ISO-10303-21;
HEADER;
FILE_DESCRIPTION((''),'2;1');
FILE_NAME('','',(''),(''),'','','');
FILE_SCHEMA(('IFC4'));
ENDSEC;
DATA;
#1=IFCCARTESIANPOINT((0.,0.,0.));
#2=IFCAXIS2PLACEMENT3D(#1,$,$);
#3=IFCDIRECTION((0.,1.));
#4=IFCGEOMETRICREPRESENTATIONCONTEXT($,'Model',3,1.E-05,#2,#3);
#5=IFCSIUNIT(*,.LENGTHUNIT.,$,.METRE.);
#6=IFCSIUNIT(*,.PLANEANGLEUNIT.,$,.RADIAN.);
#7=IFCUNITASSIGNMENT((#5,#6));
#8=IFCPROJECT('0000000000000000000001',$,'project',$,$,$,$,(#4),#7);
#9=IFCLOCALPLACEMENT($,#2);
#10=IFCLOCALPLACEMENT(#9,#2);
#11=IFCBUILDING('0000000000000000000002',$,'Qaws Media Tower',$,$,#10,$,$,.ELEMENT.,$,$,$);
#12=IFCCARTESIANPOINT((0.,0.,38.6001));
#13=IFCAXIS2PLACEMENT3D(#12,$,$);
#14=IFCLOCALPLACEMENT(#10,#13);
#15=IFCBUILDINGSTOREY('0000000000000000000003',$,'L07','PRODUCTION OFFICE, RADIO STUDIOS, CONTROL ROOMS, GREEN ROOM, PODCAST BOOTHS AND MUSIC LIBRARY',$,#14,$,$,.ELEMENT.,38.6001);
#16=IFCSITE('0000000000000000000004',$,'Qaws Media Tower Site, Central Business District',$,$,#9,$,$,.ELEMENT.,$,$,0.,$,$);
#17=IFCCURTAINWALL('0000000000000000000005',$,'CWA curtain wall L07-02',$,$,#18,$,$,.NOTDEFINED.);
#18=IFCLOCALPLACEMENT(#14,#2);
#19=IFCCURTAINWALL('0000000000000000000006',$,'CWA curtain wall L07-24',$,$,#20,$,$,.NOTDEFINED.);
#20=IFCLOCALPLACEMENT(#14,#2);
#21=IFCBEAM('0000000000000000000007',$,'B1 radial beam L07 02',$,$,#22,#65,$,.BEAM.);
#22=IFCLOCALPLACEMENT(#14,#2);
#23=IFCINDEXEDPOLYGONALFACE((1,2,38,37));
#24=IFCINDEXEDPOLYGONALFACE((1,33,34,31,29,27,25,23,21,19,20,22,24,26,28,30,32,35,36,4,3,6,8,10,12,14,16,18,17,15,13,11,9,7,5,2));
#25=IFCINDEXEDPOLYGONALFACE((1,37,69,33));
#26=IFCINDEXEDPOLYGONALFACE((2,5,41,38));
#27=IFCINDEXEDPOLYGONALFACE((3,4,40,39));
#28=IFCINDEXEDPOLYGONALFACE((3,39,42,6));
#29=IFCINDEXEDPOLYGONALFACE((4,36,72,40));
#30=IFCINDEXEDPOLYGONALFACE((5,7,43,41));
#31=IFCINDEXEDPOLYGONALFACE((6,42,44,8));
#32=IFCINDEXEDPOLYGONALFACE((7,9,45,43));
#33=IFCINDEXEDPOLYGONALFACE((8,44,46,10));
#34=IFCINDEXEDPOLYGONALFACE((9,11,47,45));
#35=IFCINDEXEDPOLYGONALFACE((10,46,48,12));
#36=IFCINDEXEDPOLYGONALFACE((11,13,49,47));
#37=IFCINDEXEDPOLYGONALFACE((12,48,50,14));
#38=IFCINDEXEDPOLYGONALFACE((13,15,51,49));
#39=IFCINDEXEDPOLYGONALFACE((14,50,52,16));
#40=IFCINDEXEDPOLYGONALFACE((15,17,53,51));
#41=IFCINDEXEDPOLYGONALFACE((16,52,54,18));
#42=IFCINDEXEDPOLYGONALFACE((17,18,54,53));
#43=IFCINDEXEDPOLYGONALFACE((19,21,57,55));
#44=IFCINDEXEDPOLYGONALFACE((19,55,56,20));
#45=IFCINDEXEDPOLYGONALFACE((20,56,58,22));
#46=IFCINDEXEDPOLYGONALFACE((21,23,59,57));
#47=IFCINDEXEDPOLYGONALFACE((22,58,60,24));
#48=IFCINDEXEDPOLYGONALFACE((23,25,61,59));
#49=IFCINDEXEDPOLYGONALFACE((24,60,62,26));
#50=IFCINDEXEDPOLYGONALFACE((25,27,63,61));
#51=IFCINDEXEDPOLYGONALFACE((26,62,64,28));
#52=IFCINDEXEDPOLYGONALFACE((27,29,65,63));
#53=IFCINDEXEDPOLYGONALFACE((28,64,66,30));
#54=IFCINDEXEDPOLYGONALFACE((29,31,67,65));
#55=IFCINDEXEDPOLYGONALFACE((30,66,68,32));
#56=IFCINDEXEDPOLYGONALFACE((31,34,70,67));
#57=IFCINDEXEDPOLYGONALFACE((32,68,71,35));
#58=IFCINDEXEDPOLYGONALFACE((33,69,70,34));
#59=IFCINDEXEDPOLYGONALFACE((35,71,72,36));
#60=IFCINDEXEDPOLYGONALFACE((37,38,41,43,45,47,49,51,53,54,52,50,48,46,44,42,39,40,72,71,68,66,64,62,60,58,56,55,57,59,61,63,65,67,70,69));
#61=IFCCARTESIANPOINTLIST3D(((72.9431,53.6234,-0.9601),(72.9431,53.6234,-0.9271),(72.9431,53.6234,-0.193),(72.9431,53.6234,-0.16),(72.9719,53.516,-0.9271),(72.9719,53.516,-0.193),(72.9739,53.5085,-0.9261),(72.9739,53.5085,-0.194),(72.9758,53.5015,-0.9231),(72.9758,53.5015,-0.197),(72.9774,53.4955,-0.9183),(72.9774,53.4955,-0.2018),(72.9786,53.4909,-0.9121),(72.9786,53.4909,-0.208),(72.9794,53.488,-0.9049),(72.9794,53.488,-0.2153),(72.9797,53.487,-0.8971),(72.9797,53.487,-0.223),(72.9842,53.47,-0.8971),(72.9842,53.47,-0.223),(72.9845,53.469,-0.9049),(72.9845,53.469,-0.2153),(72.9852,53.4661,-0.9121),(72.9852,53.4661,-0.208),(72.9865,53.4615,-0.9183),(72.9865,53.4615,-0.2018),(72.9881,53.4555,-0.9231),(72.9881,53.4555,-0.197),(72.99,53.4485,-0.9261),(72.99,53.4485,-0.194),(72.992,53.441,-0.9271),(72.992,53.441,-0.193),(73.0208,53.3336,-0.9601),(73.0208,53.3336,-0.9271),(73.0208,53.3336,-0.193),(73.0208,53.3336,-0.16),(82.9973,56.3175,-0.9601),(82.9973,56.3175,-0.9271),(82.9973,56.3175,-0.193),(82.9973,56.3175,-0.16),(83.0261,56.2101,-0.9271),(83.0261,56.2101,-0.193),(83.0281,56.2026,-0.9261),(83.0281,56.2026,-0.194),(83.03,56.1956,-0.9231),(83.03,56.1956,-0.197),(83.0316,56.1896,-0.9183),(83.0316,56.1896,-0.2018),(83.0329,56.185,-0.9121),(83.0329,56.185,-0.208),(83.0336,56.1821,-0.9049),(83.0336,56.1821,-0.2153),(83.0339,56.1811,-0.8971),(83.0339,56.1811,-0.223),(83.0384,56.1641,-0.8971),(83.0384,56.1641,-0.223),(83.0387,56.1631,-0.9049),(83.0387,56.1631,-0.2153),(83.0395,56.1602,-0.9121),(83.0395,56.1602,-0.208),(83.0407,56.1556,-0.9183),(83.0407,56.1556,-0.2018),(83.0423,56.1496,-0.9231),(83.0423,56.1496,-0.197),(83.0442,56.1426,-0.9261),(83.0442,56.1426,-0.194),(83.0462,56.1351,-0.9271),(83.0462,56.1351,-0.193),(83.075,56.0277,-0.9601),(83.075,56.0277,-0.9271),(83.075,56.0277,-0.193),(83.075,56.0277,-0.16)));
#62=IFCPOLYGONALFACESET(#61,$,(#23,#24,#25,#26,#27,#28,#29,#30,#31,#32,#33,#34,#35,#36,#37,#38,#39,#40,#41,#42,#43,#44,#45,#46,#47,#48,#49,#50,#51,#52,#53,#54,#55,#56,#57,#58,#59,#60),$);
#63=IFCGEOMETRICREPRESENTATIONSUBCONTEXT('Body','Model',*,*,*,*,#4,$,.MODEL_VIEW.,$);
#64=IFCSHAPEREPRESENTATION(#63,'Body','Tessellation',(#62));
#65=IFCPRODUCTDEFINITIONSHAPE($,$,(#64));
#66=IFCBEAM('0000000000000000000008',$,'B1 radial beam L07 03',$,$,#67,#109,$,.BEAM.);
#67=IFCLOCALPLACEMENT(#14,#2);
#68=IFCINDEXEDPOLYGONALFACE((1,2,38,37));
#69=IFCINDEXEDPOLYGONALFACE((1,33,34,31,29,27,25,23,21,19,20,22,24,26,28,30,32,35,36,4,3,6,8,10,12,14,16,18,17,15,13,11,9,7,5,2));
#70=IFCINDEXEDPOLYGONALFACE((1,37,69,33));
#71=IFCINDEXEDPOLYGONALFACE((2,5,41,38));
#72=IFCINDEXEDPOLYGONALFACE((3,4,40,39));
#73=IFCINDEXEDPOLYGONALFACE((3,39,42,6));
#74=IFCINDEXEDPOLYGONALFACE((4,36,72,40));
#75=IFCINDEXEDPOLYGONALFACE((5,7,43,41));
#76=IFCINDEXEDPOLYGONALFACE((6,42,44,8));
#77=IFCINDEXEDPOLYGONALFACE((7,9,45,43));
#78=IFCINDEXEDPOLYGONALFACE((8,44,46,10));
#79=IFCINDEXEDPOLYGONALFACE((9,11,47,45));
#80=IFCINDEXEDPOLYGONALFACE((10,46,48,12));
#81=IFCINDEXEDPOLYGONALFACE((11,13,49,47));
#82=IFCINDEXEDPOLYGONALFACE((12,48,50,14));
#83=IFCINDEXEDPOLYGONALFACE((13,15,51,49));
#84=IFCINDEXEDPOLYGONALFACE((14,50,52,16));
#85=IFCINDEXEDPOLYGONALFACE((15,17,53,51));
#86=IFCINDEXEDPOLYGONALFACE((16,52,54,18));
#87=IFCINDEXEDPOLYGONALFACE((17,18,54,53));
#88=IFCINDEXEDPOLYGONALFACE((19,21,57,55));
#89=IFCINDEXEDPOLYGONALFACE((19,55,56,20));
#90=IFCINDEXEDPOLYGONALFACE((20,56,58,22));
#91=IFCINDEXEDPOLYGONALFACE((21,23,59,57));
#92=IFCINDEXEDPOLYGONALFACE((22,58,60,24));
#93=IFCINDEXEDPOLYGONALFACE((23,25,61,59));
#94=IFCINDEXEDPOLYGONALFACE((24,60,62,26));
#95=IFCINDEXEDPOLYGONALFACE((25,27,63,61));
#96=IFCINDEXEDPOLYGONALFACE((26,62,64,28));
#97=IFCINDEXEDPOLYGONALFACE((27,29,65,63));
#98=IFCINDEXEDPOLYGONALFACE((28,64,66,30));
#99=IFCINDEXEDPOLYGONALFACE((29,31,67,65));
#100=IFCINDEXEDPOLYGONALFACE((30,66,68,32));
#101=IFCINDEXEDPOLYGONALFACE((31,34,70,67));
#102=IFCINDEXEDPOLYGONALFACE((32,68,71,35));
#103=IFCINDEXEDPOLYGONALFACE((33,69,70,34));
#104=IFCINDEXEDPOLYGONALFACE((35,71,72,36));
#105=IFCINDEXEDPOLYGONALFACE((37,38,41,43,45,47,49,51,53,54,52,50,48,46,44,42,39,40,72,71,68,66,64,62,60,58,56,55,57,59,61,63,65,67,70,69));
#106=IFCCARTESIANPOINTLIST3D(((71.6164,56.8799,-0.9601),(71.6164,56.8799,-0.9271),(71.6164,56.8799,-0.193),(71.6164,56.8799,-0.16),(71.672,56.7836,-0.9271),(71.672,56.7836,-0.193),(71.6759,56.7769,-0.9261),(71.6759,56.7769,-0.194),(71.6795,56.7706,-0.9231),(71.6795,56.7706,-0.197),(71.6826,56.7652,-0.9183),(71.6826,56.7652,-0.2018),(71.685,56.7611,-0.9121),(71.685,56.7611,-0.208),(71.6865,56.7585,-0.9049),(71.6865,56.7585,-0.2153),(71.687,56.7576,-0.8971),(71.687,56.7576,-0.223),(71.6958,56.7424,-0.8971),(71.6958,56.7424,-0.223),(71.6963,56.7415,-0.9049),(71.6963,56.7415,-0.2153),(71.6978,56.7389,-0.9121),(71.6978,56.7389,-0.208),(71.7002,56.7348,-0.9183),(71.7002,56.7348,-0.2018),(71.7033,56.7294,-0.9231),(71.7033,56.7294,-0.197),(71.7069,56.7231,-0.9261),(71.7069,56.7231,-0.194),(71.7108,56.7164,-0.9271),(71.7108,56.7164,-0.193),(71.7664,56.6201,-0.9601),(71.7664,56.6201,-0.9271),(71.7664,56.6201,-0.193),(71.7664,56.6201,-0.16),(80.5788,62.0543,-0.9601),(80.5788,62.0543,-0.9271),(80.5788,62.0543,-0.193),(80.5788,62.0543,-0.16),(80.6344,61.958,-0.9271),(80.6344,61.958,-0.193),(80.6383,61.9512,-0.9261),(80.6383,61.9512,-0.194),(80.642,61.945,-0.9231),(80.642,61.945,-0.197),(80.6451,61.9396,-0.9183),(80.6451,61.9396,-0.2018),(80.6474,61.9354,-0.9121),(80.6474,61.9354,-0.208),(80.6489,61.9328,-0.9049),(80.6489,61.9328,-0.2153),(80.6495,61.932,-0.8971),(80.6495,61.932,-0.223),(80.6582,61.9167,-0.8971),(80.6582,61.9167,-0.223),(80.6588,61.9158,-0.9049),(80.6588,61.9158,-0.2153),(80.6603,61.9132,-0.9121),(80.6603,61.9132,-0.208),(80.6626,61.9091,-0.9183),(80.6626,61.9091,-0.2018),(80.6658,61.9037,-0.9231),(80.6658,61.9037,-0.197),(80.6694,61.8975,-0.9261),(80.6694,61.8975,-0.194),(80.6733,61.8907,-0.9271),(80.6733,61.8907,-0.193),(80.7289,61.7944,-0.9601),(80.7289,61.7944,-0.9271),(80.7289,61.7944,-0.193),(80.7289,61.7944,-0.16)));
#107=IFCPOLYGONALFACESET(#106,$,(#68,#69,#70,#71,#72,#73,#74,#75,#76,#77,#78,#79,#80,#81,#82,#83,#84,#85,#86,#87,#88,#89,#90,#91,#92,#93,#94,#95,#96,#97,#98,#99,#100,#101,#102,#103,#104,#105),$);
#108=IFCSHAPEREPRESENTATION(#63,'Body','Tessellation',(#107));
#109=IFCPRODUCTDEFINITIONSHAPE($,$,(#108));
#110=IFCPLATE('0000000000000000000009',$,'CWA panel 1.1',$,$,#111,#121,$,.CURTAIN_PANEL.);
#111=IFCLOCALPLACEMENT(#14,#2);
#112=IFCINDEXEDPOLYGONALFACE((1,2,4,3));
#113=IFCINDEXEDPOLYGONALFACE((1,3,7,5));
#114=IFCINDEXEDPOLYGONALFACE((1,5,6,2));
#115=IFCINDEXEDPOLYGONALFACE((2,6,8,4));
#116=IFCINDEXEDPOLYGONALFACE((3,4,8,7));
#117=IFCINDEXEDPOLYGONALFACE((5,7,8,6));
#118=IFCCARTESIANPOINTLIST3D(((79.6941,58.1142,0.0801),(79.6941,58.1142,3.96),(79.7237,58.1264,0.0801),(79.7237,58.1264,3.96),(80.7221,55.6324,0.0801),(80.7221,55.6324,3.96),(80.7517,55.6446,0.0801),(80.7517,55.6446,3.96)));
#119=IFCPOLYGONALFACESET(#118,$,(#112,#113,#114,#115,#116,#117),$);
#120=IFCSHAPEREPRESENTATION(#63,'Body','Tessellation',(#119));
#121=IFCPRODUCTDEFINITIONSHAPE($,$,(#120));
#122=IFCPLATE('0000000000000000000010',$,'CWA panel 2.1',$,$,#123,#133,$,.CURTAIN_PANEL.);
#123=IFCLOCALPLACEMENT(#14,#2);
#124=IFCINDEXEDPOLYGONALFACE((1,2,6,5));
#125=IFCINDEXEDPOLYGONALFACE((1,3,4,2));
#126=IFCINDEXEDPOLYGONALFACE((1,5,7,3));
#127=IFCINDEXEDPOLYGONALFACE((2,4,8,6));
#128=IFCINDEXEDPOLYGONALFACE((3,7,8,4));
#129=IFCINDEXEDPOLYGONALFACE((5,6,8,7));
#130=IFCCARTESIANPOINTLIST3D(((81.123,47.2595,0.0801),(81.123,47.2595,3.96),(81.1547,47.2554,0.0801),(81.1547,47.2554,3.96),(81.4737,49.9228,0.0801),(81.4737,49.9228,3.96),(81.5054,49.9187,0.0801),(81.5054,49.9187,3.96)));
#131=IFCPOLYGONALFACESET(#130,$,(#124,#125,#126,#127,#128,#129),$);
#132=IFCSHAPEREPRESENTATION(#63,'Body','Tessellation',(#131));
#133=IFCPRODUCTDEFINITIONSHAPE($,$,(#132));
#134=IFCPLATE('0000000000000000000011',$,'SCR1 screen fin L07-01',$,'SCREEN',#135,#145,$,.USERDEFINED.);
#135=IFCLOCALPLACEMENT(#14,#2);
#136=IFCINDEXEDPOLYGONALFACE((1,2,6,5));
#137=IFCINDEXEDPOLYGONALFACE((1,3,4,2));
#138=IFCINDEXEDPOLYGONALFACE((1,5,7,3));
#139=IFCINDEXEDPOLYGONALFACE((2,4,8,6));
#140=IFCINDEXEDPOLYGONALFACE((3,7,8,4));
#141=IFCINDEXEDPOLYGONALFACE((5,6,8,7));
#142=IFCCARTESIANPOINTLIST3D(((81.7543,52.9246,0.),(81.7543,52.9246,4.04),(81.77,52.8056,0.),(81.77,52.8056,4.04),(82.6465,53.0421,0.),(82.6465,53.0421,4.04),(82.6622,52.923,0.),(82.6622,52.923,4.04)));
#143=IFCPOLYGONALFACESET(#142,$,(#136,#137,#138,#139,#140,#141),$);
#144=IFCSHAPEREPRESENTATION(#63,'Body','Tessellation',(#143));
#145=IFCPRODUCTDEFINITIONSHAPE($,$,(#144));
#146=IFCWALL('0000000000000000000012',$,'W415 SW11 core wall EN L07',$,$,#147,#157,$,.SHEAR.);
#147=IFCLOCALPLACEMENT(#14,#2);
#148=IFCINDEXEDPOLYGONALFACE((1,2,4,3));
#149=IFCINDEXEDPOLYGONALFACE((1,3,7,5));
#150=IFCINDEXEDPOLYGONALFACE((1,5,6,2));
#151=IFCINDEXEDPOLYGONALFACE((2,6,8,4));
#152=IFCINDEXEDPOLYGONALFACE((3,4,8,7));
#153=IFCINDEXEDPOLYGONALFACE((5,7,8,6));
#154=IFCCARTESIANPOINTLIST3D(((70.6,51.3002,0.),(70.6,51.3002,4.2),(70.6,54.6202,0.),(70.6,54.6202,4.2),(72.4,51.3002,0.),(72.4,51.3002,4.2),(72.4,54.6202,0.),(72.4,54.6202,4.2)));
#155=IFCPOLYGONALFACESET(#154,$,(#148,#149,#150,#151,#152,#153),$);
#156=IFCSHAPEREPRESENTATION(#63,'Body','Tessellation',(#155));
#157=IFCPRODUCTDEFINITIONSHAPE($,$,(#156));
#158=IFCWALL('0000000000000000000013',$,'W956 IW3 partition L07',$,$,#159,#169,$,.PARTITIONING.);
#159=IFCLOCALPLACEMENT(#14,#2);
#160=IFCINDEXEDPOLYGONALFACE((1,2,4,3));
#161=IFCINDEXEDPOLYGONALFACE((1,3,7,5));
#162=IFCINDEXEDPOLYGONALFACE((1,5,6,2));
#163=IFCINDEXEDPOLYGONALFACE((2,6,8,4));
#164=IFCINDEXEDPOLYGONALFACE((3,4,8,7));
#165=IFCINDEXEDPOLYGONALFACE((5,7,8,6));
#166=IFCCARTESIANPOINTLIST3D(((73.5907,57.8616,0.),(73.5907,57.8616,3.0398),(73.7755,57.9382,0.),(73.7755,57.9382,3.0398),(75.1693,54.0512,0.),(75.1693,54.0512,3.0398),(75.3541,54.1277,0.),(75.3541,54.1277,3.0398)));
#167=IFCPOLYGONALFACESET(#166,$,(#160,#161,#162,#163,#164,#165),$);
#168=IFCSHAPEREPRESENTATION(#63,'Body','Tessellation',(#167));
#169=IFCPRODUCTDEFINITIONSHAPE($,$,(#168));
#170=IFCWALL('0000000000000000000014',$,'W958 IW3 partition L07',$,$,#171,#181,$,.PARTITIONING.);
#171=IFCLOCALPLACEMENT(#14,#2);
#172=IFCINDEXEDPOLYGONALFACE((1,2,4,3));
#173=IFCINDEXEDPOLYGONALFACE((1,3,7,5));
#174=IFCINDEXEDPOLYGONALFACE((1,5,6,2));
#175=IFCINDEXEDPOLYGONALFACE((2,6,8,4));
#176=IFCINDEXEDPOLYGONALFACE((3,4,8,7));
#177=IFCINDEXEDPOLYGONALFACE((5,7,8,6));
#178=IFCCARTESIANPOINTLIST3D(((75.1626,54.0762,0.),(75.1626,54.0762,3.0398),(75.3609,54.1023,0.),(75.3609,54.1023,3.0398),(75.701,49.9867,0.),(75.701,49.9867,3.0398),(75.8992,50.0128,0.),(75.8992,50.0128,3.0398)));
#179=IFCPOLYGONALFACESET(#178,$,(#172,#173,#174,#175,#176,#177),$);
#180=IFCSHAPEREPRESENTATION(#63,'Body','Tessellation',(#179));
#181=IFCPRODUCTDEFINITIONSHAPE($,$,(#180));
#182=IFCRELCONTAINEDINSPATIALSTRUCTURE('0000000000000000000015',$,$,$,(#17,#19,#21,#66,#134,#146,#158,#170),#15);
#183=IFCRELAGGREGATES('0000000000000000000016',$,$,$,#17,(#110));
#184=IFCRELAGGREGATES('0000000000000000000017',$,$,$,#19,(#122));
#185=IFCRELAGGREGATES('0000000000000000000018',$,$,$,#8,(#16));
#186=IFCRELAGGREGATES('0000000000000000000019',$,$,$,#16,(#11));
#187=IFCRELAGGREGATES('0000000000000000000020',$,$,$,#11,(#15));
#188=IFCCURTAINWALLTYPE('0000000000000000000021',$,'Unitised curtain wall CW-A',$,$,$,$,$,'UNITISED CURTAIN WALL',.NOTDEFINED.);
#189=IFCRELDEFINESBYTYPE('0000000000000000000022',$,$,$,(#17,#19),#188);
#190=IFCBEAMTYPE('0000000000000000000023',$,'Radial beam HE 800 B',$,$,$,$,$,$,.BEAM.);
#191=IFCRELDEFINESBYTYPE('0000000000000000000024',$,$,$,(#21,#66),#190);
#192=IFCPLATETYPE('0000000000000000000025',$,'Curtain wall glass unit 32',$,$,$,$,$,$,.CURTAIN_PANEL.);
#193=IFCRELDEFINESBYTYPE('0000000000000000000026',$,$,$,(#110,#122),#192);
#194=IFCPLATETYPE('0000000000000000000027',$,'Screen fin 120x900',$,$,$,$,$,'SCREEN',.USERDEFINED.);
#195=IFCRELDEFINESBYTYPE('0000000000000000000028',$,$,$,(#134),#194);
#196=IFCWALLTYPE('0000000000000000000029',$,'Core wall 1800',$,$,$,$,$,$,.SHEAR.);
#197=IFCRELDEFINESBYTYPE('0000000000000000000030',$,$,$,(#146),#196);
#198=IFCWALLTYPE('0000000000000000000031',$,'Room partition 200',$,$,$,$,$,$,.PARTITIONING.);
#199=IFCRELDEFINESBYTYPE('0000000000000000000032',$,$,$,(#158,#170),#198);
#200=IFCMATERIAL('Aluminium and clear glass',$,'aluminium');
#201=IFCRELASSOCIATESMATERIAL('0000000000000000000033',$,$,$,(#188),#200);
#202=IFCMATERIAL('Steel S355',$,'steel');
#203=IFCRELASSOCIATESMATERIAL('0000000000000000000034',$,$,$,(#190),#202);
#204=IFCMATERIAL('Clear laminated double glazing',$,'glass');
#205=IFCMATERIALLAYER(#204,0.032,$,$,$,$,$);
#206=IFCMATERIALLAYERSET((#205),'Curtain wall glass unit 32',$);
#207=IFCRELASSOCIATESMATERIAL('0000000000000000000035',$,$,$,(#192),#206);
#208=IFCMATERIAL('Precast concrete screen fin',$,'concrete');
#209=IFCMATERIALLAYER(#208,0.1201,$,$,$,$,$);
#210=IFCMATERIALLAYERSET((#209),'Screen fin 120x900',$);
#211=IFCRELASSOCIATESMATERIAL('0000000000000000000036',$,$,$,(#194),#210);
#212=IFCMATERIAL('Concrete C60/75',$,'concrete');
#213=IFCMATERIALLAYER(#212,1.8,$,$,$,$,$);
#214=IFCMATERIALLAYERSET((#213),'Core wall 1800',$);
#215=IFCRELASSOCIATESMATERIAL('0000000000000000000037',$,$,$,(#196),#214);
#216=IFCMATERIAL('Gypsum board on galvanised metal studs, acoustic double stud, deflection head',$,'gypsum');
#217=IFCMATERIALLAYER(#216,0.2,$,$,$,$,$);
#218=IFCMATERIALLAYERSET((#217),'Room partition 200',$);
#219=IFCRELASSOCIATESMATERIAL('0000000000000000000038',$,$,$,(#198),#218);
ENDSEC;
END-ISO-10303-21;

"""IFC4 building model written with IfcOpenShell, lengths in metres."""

from ifc_helpers import new_model, si_unit, direction, frame, frame_2d, origin, origin_2d, place, context, subcontext, project, spatial, rectangle, i_section, extrude, material, layer, layer_set, material_profile, profile_set, type_object, element, aggregate, save


model = new_model("IFC4")

# Units and contexts
model_context = context("Model", 3, precision=1e-05, world=origin(), true_north=direction((0.0, 1.0)))
body_context = subcontext(model_context, "Body", "Model", "MODEL_VIEW")
ifc_project = project(units=[si_unit("LENGTHUNIT", "METRE"), si_unit("PLANEANGLEUNIT", "RADIAN")], contexts=[model_context])

# Site, building, storey
site_placement = place(None, origin())
site = spatial("IfcSite", under=ifc_project, at=site_placement, Name="Qaws Media Tower Site, Central Business District", CompositionType="ELEMENT", RefElevation=0.0)
building_placement = place(site_placement, origin())
building = spatial("IfcBuilding", under=site, at=building_placement, Name="Qaws Media Tower", CompositionType="ELEMENT")
storey_placement = place(building_placement, frame((0.0, 0.0, 38.6001)))
storey = spatial("IfcBuildingStorey", under=building, at=storey_placement, Name="L07", Description="PRODUCTION OFFICE, RADIO STUDIOS, CONTROL ROOMS, GREEN ROOM, PODCAST BOOTHS AND MUSIC LIBRARY", CompositionType="ELEMENT", Elevation=38.6001)

# Curtain wall
ifc_material_1 = material(Name="Aluminium and clear glass", Category="aluminium")
curtain_wall_type = type_object("IfcCurtainWallType", Name="Unitised curtain wall CW-A", ElementType="UNITISED CURTAIN WALL", PredefinedType="NOTDEFINED", material=ifc_material_1)
curtain_wall_1_placement = place(storey_placement, origin())
curtain_wall_1 = element("IfcCurtainWall", 1, at=curtain_wall_1_placement, inside=storey, type_object=curtain_wall_type, Name="CWA curtain wall L07-02", PredefinedType="NOTDEFINED")

# Curtain wall
curtain_wall_2_placement = place(storey_placement, origin())
curtain_wall_2 = element("IfcCurtainWall", 2, at=curtain_wall_2_placement, inside=storey, type_object=curtain_wall_type, Name="CWA curtain wall L07-24", PredefinedType="NOTDEFINED")

# Beams
ifc_material_2 = material(Name="Steel S355", Category="steel")
ifc_material_profile_1 = material_profile(ifc_material_2, i_section(OverallWidth=0.3, OverallDepth=0.8, WebThickness=0.0176, FlangeThickness=0.033, FilletRadius=0.03, at=origin_2d()), Name="HE 800 B")
ifc_profile_set_1 = profile_set([ifc_material_profile_1], Name="Steel S355")
beam_type_1 = type_object("IfcBeamType", Name="Radial beam HE 800 B", PredefinedType="BEAM", material=ifc_profile_set_1)
beam_1_placement = place(storey_placement, frame((72.9819, 53.4785, -0.5601), z_axis=(0.965924, 0.258826, 0.0), x_axis=(-0.258826, 0.965924, 0.0)))
element("IfcBeam", 3, at=beam_1_placement, inside=storey, type_object=beam_type_1, Name="B1 radial beam L07 02", PredefinedType="BEAM", context=body_context, shape_type="SweptSolid", body=[
    extrude(i_section(OverallWidth=0.3, OverallDepth=0.8, WebThickness=0.0176, FlangeThickness=0.033, FilletRadius=0.03, at=origin_2d()), origin(), (0.0, 0.0, 1.0), 10.4089),
])
beam_2_placement = place(storey_placement, frame((71.6914, 56.75, -0.5601), z_axis=(0.866031, 0.499991, 0.0), x_axis=(-0.499991, 0.866031, 0.0)))
element("IfcBeam", 4, at=beam_2_placement, inside=storey, type_object=beam_type_1, Name="B1 radial beam L07 03", PredefinedType="BEAM", context=body_context, shape_type="SweptSolid", body=[
    extrude(i_section(OverallWidth=0.3, OverallDepth=0.8, WebThickness=0.0176, FlangeThickness=0.033, FilletRadius=0.03, at=origin_2d()), origin(), (0.0, 0.0, 1.0), 10.3489),
])

# Plates
ifc_material_3 = material(Name="Clear laminated double glazing", Category="glass")
ifc_layer_1 = layer(ifc_material_3, 0.032)
ifc_layer_set_1 = layer_set([ifc_layer_1], Name="Curtain wall glass unit 32")
plate_type_1 = type_object("IfcPlateType", Name="Curtain wall glass unit 32", PredefinedType="CURTAIN_PANEL", material=ifc_layer_set_1)
plate_1_placement = place(storey_placement, frame((80.2229, 56.8794, 0.0801), z_axis=(0.0, 0.0, 1.0), x_axis=(-0.382683, 0.92388, 0.0)))
plate_1 = element("IfcPlate", 5, at=plate_1_placement, type_object=plate_type_1, Name="CWA panel 1.1", PredefinedType="CURTAIN_PANEL", context=body_context, shape_type="SweptSolid", body=[
    extrude(rectangle(XDim=2.6863, YDim=0.032, at=origin_2d()), origin(), (0.0, 0.0, 1.0), 3.8799),
])
aggregate(curtain_wall_1, [plate_1])
plate_2_placement = place(storey_placement, frame((81.3142, 48.5891, 0.0801), z_axis=(0.0, 0.0, 1.0), x_axis=(0.130526, 0.991445, 0.0)))
plate_2 = element("IfcPlate", 6, at=plate_2_placement, type_object=plate_type_1, Name="CWA panel 2.1", PredefinedType="CURTAIN_PANEL", context=body_context, shape_type="SweptSolid", body=[
    extrude(rectangle(XDim=2.6863, YDim=0.032, at=origin_2d()), origin(), (0.0, 0.0, 1.0), 3.8799),
])
aggregate(curtain_wall_2, [plate_2])
ifc_material_4 = material(Name="Precast concrete screen fin", Category="concrete")
ifc_layer_2 = layer(ifc_material_4, 0.1201)
ifc_layer_set_2 = layer_set([ifc_layer_2], Name="Screen fin 120x900")
plate_type_2 = type_object("IfcPlateType", Name="Screen fin 120x900", ElementType="SCREEN", PredefinedType="USERDEFINED", material=ifc_layer_set_2)
plate_3_placement = place(storey_placement, frame((82.2083, 52.9238, 0.0), z_axis=(0.0, 0.0, 1.0), x_axis=(0.991445, 0.130526, 0.0)))
element("IfcPlate", 7, at=plate_3_placement, inside=storey, type_object=plate_type_2, Name="SCR1 screen fin L07-01", ObjectType="SCREEN", PredefinedType="USERDEFINED", context=body_context, shape_type="SweptSolid", body=[
    extrude(rectangle(XDim=0.8999, YDim=0.1201, at=origin_2d()), origin(), (0.0, 0.0, 1.0), 4.04),
])

# Walls
ifc_material_5 = material(Name="Concrete C60/75", Category="concrete")
ifc_layer_3 = layer(ifc_material_5, 1.8)
ifc_layer_set_3 = layer_set([ifc_layer_3], Name="Core wall 1800")
wall_type_1 = type_object("IfcWallType", Name="Core wall 1800", PredefinedType="SHEAR", material=ifc_layer_set_3)
wall_1_placement = place(storey_placement, frame((71.5, 51.3, 0.0), z_axis=(0.0, 0.0, 1.0), x_axis=(0.0, 1.0, 0.0)))
element("IfcWall", 8, at=wall_1_placement, inside=storey, type_object=wall_type_1, Name="W415 SW11 core wall EN L07", PredefinedType="SHEAR", context=body_context, shape_type="SweptSolid", body=[
    extrude(rectangle(XDim=3.3201, YDim=1.8, at=frame_2d((1.6602, 0.0))), origin(), (0.0, 0.0, 1.0), 4.2),
])
ifc_material_6 = material(Name="Gypsum board on galvanised metal studs, acoustic double stud, deflection head", Category="gypsum")
ifc_layer_4 = layer(ifc_material_6, 0.2)
ifc_layer_set_4 = layer_set([ifc_layer_4], Name="Room partition 200")
wall_type_2 = type_object("IfcWallType", Name="Room partition 200", PredefinedType="PARTITIONING", material=ifc_layer_set_4)
wall_2_placement = place(storey_placement, frame((73.6831, 57.8999, 0.0), z_axis=(0.0, 0.0, 1.0), x_axis=(0.382732, -0.92386, 0.0)))
element("IfcWall", 9, at=wall_2_placement, inside=storey, type_object=wall_type_2, Name="W956 IW3 partition L07", PredefinedType="PARTITIONING", context=body_context, shape_type="SweptSolid", body=[
    extrude(rectangle(XDim=4.1245, YDim=0.2, at=frame_2d((2.0623, 0.0))), origin(), (0.0, 0.0, 1.0), 3.0398),
])
wall_3_placement = place(storey_placement, frame((75.2617, 54.0894, 0.0), z_axis=(0.0, 0.0, 1.0), x_axis=(0.130516, -0.991446, 0.0)))
element("IfcWall", 10, at=wall_3_placement, inside=storey, type_object=wall_type_2, Name="W958 IW3 partition L07", PredefinedType="PARTITIONING", context=body_context, shape_type="SweptSolid", body=[
    extrude(rectangle(XDim=4.1248, YDim=0.2, at=frame_2d((2.0625, 0.0))), origin(), (0.0, 0.0, 1.0), 3.0398),
])

save(model, "model.ifc")
